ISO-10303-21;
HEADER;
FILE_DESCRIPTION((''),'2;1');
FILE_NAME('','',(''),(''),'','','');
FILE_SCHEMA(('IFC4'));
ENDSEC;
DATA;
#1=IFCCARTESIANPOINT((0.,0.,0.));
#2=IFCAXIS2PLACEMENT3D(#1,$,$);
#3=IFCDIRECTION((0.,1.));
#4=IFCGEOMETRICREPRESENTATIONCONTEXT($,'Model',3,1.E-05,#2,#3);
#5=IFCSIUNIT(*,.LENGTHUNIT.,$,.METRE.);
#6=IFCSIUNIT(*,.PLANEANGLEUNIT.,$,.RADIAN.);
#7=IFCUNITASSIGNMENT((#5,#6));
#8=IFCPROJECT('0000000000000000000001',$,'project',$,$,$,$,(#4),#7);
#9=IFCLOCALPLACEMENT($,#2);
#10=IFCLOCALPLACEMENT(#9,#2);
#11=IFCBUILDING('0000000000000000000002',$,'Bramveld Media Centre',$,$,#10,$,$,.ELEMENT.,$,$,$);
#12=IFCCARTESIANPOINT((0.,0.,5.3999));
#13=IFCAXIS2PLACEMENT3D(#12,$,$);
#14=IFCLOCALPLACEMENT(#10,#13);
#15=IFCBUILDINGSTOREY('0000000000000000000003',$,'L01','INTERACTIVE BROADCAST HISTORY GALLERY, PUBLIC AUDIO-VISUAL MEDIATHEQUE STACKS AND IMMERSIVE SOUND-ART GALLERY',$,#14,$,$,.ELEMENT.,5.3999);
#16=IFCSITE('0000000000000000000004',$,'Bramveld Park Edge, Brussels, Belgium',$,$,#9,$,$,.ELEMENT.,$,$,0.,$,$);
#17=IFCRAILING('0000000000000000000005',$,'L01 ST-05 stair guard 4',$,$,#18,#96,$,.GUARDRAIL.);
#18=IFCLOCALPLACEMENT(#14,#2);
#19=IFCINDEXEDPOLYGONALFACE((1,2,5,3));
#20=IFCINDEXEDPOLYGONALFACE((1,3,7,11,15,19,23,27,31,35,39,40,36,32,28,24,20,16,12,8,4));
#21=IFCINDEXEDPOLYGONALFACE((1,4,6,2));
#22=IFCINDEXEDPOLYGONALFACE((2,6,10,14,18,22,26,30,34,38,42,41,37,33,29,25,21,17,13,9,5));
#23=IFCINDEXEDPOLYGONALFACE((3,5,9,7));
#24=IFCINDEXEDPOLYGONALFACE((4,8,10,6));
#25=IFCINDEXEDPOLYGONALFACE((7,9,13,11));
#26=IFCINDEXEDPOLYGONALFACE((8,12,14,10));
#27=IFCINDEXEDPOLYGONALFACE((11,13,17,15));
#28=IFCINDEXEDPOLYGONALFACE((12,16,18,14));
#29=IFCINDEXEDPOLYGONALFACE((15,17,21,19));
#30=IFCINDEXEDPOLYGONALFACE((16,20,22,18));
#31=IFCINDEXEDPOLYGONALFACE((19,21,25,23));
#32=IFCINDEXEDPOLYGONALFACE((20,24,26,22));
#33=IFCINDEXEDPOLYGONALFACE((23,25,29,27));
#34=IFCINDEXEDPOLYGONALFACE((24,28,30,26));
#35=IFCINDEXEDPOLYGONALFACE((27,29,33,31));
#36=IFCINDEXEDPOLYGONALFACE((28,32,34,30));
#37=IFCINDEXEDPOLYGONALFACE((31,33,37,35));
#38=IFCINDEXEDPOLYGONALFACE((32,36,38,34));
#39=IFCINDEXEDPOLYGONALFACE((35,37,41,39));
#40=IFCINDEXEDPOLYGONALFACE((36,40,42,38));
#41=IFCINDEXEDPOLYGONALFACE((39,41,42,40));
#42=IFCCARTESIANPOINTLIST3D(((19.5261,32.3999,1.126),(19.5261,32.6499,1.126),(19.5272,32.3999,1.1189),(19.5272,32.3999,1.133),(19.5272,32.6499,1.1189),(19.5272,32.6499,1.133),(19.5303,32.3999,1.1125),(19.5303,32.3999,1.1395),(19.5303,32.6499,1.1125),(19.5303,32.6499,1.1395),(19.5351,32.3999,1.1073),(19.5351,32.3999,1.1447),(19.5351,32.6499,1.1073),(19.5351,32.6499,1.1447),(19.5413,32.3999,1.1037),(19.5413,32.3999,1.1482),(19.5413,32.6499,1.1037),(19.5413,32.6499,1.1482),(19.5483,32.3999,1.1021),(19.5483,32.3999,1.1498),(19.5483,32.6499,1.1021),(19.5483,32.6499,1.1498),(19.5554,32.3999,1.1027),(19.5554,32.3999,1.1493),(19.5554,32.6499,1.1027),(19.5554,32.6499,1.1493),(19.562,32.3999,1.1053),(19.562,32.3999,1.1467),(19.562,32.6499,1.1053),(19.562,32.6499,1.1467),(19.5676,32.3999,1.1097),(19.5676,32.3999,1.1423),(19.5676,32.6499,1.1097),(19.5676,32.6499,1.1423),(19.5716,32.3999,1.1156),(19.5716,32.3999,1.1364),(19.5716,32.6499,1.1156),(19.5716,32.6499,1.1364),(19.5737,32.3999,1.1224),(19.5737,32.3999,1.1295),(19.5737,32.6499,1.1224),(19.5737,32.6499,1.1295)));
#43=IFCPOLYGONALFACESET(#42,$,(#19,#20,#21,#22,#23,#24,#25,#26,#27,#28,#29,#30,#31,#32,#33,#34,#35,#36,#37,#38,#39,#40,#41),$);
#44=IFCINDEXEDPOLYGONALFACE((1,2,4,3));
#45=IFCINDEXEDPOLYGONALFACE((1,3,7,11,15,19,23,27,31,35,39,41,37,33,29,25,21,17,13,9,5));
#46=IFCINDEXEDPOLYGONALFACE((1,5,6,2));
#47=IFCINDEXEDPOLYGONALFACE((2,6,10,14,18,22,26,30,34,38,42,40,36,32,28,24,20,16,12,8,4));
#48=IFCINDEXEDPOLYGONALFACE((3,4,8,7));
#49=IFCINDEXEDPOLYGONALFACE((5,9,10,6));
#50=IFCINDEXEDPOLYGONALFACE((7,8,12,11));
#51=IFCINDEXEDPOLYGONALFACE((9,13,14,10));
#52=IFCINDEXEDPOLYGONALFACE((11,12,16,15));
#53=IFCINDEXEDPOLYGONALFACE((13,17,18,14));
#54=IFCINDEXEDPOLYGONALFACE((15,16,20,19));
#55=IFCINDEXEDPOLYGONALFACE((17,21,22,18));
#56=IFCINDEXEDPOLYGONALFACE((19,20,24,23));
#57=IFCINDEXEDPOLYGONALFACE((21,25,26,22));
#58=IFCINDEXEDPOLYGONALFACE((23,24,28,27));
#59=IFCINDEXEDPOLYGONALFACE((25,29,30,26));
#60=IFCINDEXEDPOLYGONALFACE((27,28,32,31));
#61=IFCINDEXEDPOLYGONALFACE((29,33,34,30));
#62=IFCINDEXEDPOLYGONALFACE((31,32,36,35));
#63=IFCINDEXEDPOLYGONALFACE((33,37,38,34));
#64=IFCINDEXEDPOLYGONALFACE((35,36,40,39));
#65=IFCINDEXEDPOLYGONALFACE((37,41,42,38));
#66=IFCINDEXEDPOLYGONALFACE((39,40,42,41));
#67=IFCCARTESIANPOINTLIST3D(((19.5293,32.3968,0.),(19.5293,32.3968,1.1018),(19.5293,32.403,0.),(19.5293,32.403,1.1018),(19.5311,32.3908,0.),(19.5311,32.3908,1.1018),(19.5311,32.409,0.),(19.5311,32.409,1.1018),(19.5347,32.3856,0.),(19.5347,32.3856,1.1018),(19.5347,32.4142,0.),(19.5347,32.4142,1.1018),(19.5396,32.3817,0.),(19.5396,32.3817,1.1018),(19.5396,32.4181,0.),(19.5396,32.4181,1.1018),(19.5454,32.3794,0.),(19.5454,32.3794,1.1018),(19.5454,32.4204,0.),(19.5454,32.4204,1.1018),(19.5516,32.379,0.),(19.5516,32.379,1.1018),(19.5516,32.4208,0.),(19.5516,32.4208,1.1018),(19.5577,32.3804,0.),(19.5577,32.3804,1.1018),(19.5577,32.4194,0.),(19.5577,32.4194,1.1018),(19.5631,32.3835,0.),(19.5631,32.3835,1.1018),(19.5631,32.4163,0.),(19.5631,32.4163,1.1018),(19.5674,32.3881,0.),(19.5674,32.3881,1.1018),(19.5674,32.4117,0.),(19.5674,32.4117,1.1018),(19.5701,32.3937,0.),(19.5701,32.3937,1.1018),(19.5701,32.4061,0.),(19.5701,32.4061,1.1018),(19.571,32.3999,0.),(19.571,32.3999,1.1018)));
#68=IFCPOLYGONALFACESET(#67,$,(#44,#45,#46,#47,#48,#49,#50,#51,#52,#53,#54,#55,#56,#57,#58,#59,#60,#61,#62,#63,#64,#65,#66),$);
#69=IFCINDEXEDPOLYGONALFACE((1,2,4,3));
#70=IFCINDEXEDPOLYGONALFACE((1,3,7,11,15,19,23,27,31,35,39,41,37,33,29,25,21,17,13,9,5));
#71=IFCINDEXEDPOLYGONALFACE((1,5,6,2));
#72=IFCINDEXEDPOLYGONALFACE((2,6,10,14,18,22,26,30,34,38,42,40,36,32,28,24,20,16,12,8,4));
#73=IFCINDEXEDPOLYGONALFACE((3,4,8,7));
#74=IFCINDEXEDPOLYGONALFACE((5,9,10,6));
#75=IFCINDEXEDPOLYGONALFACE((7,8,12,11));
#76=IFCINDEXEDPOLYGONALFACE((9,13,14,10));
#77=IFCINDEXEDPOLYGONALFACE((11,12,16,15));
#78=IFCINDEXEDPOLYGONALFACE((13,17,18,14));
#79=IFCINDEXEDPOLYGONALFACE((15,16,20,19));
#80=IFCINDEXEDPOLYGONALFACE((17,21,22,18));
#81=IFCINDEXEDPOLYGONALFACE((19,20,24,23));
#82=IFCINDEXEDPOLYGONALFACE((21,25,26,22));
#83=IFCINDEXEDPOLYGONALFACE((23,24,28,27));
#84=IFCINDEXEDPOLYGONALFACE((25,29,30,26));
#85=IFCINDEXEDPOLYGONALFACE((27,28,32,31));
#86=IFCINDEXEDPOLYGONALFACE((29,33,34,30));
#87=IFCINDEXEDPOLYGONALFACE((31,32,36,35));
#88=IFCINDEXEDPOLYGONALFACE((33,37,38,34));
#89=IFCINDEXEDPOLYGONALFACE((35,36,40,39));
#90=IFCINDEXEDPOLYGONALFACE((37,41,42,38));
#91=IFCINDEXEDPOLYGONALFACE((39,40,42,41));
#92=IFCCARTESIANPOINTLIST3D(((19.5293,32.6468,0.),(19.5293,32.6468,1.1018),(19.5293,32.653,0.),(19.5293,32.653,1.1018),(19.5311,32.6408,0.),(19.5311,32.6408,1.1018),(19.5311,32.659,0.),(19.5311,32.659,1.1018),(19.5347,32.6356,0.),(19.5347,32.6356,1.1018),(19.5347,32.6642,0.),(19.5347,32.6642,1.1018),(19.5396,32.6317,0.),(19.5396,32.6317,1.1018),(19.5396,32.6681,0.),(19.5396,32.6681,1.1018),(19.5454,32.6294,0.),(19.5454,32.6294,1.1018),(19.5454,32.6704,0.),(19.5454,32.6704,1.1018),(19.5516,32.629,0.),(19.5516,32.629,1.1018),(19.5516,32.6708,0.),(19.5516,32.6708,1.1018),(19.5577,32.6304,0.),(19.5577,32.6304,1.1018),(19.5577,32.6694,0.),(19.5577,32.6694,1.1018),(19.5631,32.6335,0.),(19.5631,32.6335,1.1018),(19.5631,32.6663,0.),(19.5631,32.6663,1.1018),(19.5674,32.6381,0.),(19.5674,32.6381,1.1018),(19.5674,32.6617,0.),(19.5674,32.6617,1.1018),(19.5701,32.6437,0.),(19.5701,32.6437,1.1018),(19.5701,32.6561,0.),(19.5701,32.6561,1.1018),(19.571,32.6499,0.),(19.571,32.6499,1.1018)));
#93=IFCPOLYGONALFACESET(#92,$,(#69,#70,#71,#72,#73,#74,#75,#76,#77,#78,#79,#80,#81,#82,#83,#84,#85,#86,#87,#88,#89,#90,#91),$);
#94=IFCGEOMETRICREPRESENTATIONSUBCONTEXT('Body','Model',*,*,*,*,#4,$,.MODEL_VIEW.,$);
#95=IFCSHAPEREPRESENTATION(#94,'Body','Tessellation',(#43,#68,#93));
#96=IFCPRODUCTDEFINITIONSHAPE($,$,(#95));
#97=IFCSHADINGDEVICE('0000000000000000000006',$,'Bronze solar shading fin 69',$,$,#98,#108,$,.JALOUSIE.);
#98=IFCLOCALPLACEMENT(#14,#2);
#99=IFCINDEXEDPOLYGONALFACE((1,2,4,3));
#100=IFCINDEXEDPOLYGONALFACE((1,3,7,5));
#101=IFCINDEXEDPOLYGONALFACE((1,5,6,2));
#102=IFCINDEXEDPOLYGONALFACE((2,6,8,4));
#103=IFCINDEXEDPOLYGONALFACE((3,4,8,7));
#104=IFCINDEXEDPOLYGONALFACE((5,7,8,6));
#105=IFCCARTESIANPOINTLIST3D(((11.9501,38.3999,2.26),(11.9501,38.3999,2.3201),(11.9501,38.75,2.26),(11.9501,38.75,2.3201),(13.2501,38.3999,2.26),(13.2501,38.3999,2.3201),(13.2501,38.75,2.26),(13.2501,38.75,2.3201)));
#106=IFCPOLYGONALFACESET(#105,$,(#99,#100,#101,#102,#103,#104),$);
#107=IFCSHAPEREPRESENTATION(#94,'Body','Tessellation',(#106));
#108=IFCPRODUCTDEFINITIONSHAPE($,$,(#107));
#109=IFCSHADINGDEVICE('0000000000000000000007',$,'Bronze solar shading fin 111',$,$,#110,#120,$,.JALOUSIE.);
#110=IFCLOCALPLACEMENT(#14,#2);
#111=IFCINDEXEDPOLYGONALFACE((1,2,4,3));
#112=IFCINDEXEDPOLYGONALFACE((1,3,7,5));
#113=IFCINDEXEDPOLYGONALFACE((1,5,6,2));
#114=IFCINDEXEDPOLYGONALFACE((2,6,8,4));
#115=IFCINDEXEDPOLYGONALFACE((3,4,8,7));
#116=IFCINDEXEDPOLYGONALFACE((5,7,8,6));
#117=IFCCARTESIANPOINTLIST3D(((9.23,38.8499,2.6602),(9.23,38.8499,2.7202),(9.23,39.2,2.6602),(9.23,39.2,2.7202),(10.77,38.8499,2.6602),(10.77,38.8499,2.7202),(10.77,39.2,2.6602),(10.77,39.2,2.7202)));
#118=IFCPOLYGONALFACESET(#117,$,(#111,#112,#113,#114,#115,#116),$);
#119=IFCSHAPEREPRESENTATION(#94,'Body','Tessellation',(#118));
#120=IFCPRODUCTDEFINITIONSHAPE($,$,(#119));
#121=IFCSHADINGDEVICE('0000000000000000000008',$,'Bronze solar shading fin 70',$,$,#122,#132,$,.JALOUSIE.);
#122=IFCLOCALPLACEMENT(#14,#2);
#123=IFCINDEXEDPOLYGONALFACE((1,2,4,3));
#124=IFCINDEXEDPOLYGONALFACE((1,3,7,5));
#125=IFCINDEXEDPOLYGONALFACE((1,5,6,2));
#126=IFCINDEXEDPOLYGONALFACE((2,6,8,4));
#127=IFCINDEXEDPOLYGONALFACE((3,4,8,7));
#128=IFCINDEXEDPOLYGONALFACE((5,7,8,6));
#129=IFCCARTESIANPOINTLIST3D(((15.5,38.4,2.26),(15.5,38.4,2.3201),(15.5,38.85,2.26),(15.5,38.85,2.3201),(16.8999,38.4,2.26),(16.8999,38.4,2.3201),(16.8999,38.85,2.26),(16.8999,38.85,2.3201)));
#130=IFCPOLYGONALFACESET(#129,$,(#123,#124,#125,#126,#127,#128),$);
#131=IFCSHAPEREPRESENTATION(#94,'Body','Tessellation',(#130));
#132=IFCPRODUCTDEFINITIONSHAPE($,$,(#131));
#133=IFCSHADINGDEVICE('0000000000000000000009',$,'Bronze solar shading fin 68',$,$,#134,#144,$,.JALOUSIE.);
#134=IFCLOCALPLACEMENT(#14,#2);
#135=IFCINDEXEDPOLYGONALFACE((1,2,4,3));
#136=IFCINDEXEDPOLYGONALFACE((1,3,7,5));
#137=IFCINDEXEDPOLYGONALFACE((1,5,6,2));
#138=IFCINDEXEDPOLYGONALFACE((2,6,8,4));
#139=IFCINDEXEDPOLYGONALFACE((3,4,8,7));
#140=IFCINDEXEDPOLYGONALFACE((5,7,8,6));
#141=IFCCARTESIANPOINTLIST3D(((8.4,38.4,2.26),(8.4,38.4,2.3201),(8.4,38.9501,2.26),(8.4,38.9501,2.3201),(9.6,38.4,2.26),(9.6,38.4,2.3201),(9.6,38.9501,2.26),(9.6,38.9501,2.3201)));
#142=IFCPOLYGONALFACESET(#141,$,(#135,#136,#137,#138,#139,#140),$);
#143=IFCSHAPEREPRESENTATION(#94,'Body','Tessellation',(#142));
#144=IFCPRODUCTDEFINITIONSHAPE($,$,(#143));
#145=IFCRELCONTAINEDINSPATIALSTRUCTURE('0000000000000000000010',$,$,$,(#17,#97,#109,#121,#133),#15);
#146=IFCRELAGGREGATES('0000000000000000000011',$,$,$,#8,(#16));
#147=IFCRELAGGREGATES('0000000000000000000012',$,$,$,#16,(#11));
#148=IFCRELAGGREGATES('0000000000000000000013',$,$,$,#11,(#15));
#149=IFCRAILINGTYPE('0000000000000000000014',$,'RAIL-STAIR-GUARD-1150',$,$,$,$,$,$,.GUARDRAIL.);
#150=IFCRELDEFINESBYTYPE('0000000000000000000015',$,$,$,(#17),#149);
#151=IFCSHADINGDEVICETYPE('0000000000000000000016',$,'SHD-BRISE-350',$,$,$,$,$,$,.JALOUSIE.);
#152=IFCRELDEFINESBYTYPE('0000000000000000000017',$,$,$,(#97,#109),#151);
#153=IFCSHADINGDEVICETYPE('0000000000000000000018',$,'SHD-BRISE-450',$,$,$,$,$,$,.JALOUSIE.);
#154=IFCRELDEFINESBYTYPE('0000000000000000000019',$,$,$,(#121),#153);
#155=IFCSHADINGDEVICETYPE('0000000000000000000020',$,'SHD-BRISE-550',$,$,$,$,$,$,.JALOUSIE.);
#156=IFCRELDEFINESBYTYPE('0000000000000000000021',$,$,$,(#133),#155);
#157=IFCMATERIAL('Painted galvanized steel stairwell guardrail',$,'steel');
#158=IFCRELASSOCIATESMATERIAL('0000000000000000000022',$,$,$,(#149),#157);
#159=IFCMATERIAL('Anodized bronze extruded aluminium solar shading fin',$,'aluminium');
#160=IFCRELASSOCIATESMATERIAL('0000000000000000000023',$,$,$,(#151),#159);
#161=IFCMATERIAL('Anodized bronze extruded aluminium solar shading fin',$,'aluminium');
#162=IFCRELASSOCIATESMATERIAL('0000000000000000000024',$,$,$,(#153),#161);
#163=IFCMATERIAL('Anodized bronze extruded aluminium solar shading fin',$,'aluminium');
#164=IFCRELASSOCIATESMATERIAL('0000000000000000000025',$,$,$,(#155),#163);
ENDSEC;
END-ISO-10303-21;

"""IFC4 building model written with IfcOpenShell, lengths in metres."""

from ifc_helpers import new_model, si_unit, direction, frame, origin, origin_2d, place, context, subcontext, project, spatial, rectangle, circle, extrude, material, type_object, element, save


model = new_model("IFC4")

# Units and contexts
model_context = context("Model", 3, precision=1e-05, world=origin(), true_north=direction((0.0, 1.0)))
body_context = subcontext(model_context, "Body", "Model", "MODEL_VIEW")
ifc_project = project(units=[si_unit("LENGTHUNIT", "METRE"), si_unit("PLANEANGLEUNIT", "RADIAN")], contexts=[model_context])

# Site, building, storey
site_placement = place(None, origin())
site = spatial("IfcSite", under=ifc_project, at=site_placement, Name="Bramveld Park Edge, Brussels, Belgium", CompositionType="ELEMENT", RefElevation=0.0)
building_placement = place(site_placement, origin())
building = spatial("IfcBuilding", under=site, at=building_placement, Name="Bramveld Media Centre", CompositionType="ELEMENT")
storey_placement = place(building_placement, frame((0.0, 0.0, 5.3999)))
storey = spatial("IfcBuildingStorey", under=building, at=storey_placement, Name="L01", Description="INTERACTIVE BROADCAST HISTORY GALLERY, PUBLIC AUDIO-VISUAL MEDIATHEQUE STACKS AND IMMERSIVE SOUND-ART GALLERY", CompositionType="ELEMENT", Elevation=5.3999)

# Railing
ifc_material_1 = material(Name="Painted galvanized steel stairwell guardrail", Category="steel")
railing_type = type_object("IfcRailingType", Name="RAIL-STAIR-GUARD-1150", PredefinedType="GUARDRAIL", material=ifc_material_1)
railing_placement = place(storey_placement, frame((19.55, 32.3999, 0.0)))
element("IfcRailing", 1, at=railing_placement, inside=storey, type_object=railing_type, Name="L01 ST-05 stair guard 4", PredefinedType="GUARDRAIL", context=body_context, shape_type="SweptSolid", body=[
    extrude(circle(Radius=0.0239, at=origin_2d()), frame((0.0, 0.0, 1.126), z_axis=(0.0, 1.0, 0.0), x_axis=(-1.0, 0.0, 0.0)), (0.0, 0.0, 1.0), 0.25),
    extrude(circle(Radius=0.021, at=origin_2d()), origin(), (0.0, 0.0, 1.0), 1.1018),
    extrude(circle(Radius=0.021, at=origin_2d()), frame((0.0, 0.25, 0.0)), (0.0, 0.0, 1.0), 1.1018),
])

# Shading devices
ifc_material_2 = material(Name="Anodized bronze extruded aluminium solar shading fin", Category="aluminium")
shading_device_type_1 = type_object("IfcShadingDeviceType", Name="SHD-BRISE-350", PredefinedType="JALOUSIE", material=ifc_material_2)
shading_device_1_placement = place(storey_placement, frame((12.6001, 38.575, 2.26), z_axis=(0.0, 0.0, 1.0), x_axis=(1.0, 0.0, 0.0)))
element("IfcShadingDevice", 2, at=shading_device_1_placement, inside=storey, type_object=shading_device_type_1, Name="Bronze solar shading fin 69", PredefinedType="JALOUSIE", context=body_context, shape_type="SweptSolid", body=[
    extrude(rectangle(XDim=1.3, YDim=0.3501, at=origin_2d()), origin(), (0.0, 0.0, 1.0), 0.0601),
])
shading_device_2_placement = place(storey_placement, frame((10.0, 39.0249, 2.6602), z_axis=(0.0, 0.0, 1.0), x_axis=(1.0, 0.0, 0.0)))
element("IfcShadingDevice", 3, at=shading_device_2_placement, inside=storey, type_object=shading_device_type_1, Name="Bronze solar shading fin 111", PredefinedType="JALOUSIE", context=body_context, shape_type="SweptSolid", body=[
    extrude(rectangle(XDim=1.54, YDim=0.3501, at=origin_2d()), origin(), (0.0, 0.0, 1.0), 0.0601),
])
ifc_material_3 = material(Name="Anodized bronze extruded aluminium solar shading fin", Category="aluminium")
shading_device_type_2 = type_object("IfcShadingDeviceType", Name="SHD-BRISE-450", PredefinedType="JALOUSIE", material=ifc_material_3)
shading_device_3_placement = place(storey_placement, frame((16.2, 38.625, 2.26), z_axis=(0.0, 0.0, 1.0), x_axis=(1.0, 0.0, 0.0)))
element("IfcShadingDevice", 4, at=shading_device_3_placement, inside=storey, type_object=shading_device_type_2, Name="Bronze solar shading fin 70", PredefinedType="JALOUSIE", context=body_context, shape_type="SweptSolid", body=[
    extrude(rectangle(XDim=1.3999, YDim=0.45, at=origin_2d()), origin(), (0.0, 0.0, 1.0), 0.0601),
])
ifc_material_4 = material(Name="Anodized bronze extruded aluminium solar shading fin", Category="aluminium")
shading_device_type_3 = type_object("IfcShadingDeviceType", Name="SHD-BRISE-550", PredefinedType="JALOUSIE", material=ifc_material_4)
shading_device_4_placement = place(storey_placement, frame((9.0, 38.675, 2.26), z_axis=(0.0, 0.0, 1.0), x_axis=(1.0, 0.0, 0.0)))
element("IfcShadingDevice", 5, at=shading_device_4_placement, inside=storey, type_object=shading_device_type_3, Name="Bronze solar shading fin 68", PredefinedType="JALOUSIE", context=body_context, shape_type="SweptSolid", body=[
    extrude(rectangle(XDim=1.2, YDim=0.55, at=origin_2d()), origin(), (0.0, 0.0, 1.0), 0.0601),
])

save(model, "model.ifc")
